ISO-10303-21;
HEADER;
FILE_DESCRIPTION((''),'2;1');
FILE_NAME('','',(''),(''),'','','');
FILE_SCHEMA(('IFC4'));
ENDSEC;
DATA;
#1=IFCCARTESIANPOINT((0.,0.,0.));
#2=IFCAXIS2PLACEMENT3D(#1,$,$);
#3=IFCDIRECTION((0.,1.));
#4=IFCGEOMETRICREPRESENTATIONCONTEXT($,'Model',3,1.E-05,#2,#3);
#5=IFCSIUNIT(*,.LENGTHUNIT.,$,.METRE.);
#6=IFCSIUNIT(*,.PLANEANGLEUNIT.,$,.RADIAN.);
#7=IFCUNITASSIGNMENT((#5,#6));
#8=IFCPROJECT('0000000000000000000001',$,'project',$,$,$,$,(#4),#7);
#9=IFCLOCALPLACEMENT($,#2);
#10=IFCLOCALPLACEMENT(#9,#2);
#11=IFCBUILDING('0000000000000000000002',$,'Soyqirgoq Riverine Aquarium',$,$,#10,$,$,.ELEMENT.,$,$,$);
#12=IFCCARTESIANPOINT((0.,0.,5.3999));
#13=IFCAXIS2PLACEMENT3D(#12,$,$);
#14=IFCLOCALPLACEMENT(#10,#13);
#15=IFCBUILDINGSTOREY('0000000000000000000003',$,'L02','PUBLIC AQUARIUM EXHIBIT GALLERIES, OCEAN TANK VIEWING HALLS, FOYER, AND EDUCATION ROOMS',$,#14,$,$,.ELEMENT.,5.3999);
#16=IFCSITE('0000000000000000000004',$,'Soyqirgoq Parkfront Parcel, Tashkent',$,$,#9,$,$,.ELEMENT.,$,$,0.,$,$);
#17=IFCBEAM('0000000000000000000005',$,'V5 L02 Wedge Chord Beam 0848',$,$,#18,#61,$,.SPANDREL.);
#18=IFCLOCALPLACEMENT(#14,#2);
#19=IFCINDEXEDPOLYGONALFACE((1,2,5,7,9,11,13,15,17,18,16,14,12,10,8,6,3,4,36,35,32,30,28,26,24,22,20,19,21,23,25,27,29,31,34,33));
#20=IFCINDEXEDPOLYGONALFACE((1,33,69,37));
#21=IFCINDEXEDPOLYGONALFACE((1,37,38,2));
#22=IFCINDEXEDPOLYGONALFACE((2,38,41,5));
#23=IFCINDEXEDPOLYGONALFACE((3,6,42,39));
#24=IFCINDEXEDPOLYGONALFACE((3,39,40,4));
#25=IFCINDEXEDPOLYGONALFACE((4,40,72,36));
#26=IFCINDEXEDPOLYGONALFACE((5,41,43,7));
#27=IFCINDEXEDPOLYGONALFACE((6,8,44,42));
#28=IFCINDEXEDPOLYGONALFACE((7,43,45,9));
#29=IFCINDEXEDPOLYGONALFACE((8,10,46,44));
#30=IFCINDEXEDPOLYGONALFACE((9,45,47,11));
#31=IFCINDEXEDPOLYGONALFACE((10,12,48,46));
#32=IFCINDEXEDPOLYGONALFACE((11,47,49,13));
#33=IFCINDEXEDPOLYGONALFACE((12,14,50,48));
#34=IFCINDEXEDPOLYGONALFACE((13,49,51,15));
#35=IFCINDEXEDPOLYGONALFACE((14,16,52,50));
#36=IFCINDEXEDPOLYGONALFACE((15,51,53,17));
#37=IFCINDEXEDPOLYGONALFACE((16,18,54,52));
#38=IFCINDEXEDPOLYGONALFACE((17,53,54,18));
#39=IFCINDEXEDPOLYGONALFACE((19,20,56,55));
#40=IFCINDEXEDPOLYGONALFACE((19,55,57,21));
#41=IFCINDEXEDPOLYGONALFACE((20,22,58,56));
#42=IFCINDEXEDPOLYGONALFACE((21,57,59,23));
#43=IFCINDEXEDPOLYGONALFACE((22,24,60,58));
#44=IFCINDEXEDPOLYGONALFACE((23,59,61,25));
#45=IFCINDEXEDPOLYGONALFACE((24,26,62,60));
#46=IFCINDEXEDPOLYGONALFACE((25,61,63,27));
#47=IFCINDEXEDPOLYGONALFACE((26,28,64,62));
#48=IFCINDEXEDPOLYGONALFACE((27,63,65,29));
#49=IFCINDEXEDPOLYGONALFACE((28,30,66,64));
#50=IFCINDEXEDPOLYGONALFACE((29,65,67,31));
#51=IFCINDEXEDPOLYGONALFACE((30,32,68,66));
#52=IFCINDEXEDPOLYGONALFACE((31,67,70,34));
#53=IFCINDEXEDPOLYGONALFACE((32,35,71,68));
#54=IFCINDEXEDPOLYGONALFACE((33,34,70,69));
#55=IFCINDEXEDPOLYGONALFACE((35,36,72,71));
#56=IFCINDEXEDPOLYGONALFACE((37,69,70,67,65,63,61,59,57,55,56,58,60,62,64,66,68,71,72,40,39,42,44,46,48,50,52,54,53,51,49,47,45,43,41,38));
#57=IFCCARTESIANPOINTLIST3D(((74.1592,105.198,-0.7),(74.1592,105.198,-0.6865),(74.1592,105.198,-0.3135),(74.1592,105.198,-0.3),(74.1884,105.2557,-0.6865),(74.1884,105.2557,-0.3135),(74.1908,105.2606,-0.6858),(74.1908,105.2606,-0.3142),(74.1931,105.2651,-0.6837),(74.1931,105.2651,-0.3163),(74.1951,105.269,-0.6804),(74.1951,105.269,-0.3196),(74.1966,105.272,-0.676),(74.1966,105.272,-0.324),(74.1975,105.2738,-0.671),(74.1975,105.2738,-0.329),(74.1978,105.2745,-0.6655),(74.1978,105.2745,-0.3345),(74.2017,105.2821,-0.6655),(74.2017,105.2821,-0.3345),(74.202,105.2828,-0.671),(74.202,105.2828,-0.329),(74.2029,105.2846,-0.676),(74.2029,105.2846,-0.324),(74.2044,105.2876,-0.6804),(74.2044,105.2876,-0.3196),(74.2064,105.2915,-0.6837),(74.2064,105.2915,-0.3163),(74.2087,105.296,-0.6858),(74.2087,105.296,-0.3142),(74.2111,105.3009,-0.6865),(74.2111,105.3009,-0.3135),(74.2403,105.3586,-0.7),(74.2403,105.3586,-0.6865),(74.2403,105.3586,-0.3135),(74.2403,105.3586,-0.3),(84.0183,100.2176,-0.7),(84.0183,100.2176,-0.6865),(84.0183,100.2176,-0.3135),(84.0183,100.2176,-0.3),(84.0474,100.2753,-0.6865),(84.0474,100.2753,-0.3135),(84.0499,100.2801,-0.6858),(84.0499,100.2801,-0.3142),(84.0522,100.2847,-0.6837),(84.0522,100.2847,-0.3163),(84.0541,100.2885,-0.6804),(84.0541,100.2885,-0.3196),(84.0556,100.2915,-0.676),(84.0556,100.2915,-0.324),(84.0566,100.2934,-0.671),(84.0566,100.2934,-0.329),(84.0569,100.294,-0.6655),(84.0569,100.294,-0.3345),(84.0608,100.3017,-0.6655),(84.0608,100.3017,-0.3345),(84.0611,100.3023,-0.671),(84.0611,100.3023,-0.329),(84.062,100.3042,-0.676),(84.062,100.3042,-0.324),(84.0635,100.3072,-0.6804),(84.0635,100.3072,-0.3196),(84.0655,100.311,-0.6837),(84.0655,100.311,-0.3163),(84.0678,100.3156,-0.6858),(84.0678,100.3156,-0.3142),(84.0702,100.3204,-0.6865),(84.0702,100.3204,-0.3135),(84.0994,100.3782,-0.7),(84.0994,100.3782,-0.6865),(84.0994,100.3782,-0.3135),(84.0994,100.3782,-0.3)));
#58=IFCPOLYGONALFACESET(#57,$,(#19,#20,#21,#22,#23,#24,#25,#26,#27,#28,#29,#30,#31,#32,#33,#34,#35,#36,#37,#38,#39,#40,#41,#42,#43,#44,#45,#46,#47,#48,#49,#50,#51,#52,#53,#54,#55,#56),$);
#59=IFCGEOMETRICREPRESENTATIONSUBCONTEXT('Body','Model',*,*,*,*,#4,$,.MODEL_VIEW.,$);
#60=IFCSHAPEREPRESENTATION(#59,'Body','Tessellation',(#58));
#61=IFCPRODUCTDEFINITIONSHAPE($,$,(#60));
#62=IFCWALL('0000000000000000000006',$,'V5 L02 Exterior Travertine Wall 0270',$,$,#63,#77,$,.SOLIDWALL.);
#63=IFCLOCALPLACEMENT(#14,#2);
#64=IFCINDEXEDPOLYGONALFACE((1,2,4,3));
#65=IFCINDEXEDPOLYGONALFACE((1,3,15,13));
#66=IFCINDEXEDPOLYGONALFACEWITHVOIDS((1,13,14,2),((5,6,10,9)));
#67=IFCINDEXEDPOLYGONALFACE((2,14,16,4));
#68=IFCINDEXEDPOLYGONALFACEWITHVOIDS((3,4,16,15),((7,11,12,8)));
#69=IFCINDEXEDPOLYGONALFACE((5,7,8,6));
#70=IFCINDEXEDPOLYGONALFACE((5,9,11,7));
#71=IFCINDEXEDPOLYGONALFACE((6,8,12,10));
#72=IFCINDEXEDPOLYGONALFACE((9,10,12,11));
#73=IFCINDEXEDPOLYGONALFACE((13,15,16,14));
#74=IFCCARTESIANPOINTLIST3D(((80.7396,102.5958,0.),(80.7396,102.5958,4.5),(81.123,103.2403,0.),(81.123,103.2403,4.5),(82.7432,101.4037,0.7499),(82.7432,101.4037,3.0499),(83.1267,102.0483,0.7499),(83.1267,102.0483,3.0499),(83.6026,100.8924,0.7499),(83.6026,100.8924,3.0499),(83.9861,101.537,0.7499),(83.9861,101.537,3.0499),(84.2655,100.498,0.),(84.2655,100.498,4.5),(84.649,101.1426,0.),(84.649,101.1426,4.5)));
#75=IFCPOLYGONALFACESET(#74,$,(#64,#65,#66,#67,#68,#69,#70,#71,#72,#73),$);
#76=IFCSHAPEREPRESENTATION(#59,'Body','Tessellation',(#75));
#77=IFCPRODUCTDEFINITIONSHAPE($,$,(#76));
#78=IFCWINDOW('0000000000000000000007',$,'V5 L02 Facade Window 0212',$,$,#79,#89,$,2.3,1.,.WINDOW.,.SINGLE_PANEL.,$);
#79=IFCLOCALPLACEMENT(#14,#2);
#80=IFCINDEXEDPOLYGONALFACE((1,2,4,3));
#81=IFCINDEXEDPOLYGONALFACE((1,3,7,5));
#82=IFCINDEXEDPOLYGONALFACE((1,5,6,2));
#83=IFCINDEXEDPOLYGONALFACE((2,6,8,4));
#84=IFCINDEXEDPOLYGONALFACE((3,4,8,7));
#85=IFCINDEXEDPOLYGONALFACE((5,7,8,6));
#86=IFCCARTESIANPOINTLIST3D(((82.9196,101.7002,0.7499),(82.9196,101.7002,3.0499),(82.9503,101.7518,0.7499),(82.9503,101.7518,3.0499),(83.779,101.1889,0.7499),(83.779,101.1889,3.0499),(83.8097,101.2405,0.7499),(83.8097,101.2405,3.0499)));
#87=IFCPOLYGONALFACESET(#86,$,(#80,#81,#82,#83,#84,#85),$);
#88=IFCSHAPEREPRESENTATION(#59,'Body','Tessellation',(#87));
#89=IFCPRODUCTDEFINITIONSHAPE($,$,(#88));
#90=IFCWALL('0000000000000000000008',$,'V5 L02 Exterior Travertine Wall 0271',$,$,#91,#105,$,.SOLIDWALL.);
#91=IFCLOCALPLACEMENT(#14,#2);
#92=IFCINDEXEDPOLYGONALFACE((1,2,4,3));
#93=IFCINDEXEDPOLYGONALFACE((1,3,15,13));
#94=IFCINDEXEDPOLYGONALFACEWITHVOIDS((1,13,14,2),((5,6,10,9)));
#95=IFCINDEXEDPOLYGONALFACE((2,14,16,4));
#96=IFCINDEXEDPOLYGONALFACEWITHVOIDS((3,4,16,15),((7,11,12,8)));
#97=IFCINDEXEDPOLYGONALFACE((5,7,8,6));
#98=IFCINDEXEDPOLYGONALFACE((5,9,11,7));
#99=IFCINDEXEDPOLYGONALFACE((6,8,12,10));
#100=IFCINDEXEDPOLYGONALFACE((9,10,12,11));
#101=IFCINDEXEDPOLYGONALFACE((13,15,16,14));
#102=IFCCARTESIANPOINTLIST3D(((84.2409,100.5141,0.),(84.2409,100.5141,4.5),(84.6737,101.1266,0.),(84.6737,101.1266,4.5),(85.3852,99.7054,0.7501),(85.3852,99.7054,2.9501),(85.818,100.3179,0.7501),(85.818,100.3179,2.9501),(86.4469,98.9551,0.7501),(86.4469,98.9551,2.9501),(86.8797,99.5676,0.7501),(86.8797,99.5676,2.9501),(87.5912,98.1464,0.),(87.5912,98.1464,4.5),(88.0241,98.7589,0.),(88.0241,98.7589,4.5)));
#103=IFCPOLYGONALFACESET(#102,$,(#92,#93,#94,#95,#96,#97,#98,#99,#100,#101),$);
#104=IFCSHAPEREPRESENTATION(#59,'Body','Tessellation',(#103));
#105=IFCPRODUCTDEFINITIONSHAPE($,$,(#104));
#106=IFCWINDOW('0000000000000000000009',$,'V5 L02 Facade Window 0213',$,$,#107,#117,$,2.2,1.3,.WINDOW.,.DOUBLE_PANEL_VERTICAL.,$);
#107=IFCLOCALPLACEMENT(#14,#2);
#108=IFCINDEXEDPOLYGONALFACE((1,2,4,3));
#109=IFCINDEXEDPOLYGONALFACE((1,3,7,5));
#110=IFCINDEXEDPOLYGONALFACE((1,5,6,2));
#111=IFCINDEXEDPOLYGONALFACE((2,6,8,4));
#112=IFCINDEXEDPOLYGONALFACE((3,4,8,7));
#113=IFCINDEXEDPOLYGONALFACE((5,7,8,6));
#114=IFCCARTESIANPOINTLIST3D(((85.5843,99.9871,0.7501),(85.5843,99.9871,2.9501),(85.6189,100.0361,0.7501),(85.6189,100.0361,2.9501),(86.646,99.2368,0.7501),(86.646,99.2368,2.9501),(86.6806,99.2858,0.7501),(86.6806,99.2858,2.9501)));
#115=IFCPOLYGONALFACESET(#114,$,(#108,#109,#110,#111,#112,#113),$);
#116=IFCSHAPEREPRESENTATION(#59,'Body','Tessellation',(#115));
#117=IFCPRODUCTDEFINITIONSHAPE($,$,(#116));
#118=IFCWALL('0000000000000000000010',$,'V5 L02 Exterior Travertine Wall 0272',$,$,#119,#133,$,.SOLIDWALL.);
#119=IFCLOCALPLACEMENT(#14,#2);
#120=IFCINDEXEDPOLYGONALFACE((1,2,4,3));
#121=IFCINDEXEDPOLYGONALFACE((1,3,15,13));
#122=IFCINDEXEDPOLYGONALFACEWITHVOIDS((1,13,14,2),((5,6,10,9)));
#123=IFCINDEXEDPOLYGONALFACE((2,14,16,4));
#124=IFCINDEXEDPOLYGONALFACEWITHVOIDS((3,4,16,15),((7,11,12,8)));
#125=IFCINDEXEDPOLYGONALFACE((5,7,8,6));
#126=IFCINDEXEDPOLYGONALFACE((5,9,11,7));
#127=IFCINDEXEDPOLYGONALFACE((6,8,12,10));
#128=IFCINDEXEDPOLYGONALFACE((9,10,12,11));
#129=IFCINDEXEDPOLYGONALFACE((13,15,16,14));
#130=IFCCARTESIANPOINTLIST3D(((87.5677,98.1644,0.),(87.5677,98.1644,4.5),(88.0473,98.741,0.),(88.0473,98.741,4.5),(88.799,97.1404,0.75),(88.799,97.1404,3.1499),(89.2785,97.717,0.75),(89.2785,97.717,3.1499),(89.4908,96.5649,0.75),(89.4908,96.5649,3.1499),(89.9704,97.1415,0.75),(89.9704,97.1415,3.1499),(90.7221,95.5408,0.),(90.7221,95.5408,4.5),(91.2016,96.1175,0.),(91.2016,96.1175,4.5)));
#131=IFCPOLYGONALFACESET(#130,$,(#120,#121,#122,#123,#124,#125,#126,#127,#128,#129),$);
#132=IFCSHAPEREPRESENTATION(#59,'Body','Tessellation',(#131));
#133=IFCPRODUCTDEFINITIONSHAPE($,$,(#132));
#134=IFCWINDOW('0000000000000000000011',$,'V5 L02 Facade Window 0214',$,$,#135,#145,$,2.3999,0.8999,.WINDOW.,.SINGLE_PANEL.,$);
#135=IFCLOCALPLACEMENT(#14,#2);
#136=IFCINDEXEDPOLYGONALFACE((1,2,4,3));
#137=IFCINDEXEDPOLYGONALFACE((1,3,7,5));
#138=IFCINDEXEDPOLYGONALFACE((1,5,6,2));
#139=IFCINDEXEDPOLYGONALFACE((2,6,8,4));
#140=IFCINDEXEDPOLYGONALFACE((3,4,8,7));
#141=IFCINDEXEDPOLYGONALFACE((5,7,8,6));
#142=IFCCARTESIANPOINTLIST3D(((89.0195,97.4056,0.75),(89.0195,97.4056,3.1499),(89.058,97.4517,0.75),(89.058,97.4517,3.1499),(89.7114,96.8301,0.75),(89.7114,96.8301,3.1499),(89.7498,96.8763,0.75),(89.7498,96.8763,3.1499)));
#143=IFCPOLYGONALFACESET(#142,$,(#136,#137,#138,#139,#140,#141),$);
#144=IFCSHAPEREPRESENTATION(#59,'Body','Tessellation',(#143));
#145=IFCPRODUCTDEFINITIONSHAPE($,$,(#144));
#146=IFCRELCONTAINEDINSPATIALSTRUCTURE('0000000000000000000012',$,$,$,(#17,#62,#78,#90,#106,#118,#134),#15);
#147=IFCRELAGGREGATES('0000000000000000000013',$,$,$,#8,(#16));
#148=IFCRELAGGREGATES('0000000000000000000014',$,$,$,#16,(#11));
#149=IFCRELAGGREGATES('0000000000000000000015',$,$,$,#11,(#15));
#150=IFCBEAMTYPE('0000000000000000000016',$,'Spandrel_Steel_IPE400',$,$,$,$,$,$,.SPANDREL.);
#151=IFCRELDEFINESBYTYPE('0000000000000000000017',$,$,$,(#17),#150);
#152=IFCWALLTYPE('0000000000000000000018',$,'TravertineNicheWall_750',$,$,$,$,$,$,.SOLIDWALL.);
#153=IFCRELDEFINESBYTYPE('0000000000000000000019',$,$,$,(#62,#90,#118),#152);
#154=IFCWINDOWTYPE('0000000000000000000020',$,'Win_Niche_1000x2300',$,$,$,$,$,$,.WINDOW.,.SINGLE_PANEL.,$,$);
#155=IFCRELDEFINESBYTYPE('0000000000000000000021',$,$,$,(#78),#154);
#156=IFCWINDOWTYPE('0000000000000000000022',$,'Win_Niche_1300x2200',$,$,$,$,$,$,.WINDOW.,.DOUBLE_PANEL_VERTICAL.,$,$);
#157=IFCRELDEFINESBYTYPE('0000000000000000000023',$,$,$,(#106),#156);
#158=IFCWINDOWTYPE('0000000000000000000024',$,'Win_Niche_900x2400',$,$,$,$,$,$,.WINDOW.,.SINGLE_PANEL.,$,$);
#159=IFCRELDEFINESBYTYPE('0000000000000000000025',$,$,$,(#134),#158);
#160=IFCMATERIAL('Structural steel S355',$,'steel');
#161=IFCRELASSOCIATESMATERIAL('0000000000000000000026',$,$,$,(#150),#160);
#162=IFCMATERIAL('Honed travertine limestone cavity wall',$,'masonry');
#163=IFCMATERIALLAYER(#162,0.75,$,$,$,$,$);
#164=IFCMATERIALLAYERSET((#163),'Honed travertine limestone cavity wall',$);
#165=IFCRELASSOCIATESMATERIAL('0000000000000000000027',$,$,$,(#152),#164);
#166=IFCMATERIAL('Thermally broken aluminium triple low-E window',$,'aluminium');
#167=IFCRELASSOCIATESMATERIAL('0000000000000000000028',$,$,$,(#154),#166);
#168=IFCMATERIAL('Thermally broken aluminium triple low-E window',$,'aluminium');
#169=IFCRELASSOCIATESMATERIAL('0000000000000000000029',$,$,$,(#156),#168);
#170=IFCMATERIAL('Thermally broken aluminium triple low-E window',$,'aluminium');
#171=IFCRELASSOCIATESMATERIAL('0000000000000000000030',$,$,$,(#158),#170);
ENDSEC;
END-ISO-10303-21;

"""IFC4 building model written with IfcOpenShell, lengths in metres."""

from ifc_helpers import new_model, si_unit, direction, frame, frame_2d, origin, origin_2d, place, context, subcontext, project, spatial, rectangle, i_section, extrude, material, layer, layer_set, material_profile, profile_set, type_object, element, fill, save


model = new_model("IFC4")

# Units and contexts
model_context = context("Model", 3, precision=1e-05, world=origin(), true_north=direction((0.0, 1.0)))
body_context = subcontext(model_context, "Body", "Model", "MODEL_VIEW")
ifc_project = project(units=[si_unit("LENGTHUNIT", "METRE"), si_unit("PLANEANGLEUNIT", "RADIAN")], contexts=[model_context])

# Site, building, storey
site_placement = place(None, origin())
site = spatial("IfcSite", under=ifc_project, at=site_placement, Name="Soyqirgoq Parkfront Parcel, Tashkent", CompositionType="ELEMENT", RefElevation=0.0)
building_placement = place(site_placement, origin())
building = spatial("IfcBuilding", under=site, at=building_placement, Name="Soyqirgoq Riverine Aquarium", CompositionType="ELEMENT")
storey_placement = place(building_placement, frame((0.0, 0.0, 5.3999)))
storey = spatial("IfcBuildingStorey", under=building, at=storey_placement, Name="L02", Description="PUBLIC AQUARIUM EXHIBIT GALLERIES, OCEAN TANK VIEWING HALLS, FOYER, AND EDUCATION ROOMS", CompositionType="ELEMENT", Elevation=5.3999)

# Beam
ifc_material_1 = material(Name="Structural steel S355", Category="steel")
ifc_material_profile_1 = material_profile(ifc_material_1, i_section(OverallWidth=0.1799, OverallDepth=0.3999, WebThickness=0.0085, FlangeThickness=0.0134, FilletRadius=0.021, at=origin_2d()), Name="IPE 400")
ifc_profile_set_1 = profile_set([ifc_material_profile_1], Name="Structural steel S355")
beam_type_1 = type_object("IfcBeamType", Name="Spandrel_Steel_IPE400", PredefinedType="SPANDREL", material=ifc_profile_set_1)
beam_1_placement = place(storey_placement, frame((84.0588, 100.2979, -0.5), z_axis=(-0.892576, 0.450897, 0.0), x_axis=(-0.450897, -0.892576, 0.0)))
element("IfcBeam", 1, at=beam_1_placement, inside=storey, type_object=beam_type_1, Name="V5 L02 Wedge Chord Beam 0848", PredefinedType="SPANDREL", context=body_context, shape_type="SweptSolid", body=[
    extrude(i_section(OverallWidth=0.1799, OverallDepth=0.3999, WebThickness=0.0085, FlangeThickness=0.0134, FilletRadius=0.021, at=origin_2d()), origin(), (0.0, 0.0, 1.0), 11.0457),
])

# Walls, openings, windows
ifc_material_2 = material(Name="Honed travertine limestone cavity wall", Category="masonry")
ifc_layer = layer(ifc_material_2, 0.75)
ifc_layer_set = layer_set([ifc_layer], Name="Honed travertine limestone cavity wall")
wall_type = type_object("IfcWallType", Name="TravertineNicheWall_750", PredefinedType="SOLIDWALL", material=ifc_layer_set)
wall_1_placement = place(storey_placement, frame((80.9314, 102.918, 0.0), z_axis=(0.0, 0.0, 1.0), x_axis=(0.859409, -0.511289, 0.0)))
wall_1 = element("IfcWall", 2, at=wall_1_placement, inside=storey, type_object=wall_type, Name="V5 L02 Exterior Travertine Wall 0270", PredefinedType="SOLIDWALL", context=body_context, shape_type="SweptSolid", body=[
    extrude(rectangle(XDim=4.1028, YDim=0.75, at=frame_2d((2.0513, 0.0))), origin(), (0.0, 0.0, 1.0), 4.5),
])
opening_1_placement = place(wall_1_placement, frame((2.3313, 0.0, 0.75)))
opening_1 = element("IfcOpeningElement", 3, at=opening_1_placement, cuts=wall_1, PredefinedType="OPENING", context=body_context, shape_type="SweptSolid", body=[
    extrude(rectangle(XDim=1.0, YDim=2.3, at=frame_2d((0.5, 1.1499))), frame((0.0, 0.385, 0.0), z_axis=(0.0, -1.0, 0.0), x_axis=(1.0, 0.0, 0.0)), (0.0, 0.0, 1.0), 0.77),
])
ifc_material_3 = material(Name="Thermally broken aluminium triple low-E window", Category="aluminium")
window_type_1 = type_object("IfcWindowType", Name="Win_Niche_1000x2300", PartitioningType="SINGLE_PANEL", PredefinedType="WINDOW", material=ifc_material_3)
window_1_placement = place(opening_1_placement, origin())
window_1 = element("IfcWindow", 4, at=window_1_placement, inside=storey, type_object=window_type_1, Name="V5 L02 Facade Window 0212", OverallHeight=2.3, OverallWidth=1.0, PartitioningType="SINGLE_PANEL", PredefinedType="WINDOW", context=body_context, shape_type="SweptSolid", body=[
    extrude(rectangle(XDim=1.0, YDim=2.3, at=frame_2d((0.5, 1.1499))), frame((0.0, 0.03, 0.0), z_axis=(0.0, -1.0, 0.0), x_axis=(1.0, 0.0, 0.0)), (0.0, 0.0, 1.0), 0.0601),
])
fill(opening_1, window_1)
wall_2_placement = place(storey_placement, frame((84.4573, 100.8203, 0.0), z_axis=(0.0, 0.0, 1.0), x_axis=(0.816654, -0.577127, 0.0)))
wall_2 = element("IfcWall", 5, at=wall_2_placement, inside=storey, type_object=wall_type, Name="V5 L02 Exterior Travertine Wall 0271", PredefinedType="SOLIDWALL", context=body_context, shape_type="SweptSolid", body=[
    extrude(rectangle(XDim=4.1025, YDim=0.75, at=frame_2d((2.0513, 0.0))), origin(), (0.0, 0.0, 1.0), 4.5),
])
opening_2_placement = place(wall_2_placement, frame((1.4014, 0.0, 0.75)))
opening_2 = element("IfcOpeningElement", 6, at=opening_2_placement, cuts=wall_2, PredefinedType="OPENING", context=body_context, shape_type="SweptSolid", body=[
    extrude(rectangle(XDim=1.3, YDim=2.2, at=frame_2d((0.6499, 1.1001))), frame((0.0, 0.385, 0.0), z_axis=(0.0, -1.0, 0.0), x_axis=(1.0, 0.0, 0.0)), (0.0, 0.0, 1.0), 0.77),
])
ifc_material_4 = material(Name="Thermally broken aluminium triple low-E window", Category="aluminium")
window_type_2 = type_object("IfcWindowType", Name="Win_Niche_1300x2200", PartitioningType="DOUBLE_PANEL_VERTICAL", PredefinedType="WINDOW", material=ifc_material_4)
window_2_placement = place(opening_2_placement, origin())
window_2 = element("IfcWindow", 7, at=window_2_placement, inside=storey, type_object=window_type_2, Name="V5 L02 Facade Window 0213", OverallHeight=2.2, OverallWidth=1.3, PartitioningType="DOUBLE_PANEL_VERTICAL", PredefinedType="WINDOW", context=body_context, shape_type="SweptSolid", body=[
    extrude(rectangle(XDim=1.3, YDim=2.2, at=frame_2d((0.6499, 1.1001))), frame((0.0, 0.03, 0.0), z_axis=(0.0, -1.0, 0.0), x_axis=(1.0, 0.0, 0.0)), (0.0, 0.0, 1.0), 0.0601),
])
fill(opening_2, window_2)
wall_3_placement = place(storey_placement, frame((87.8076, 98.4526, 0.0), z_axis=(0.0, 0.0, 1.0), x_axis=(0.768826, -0.639458, 0.0)))
wall_3 = element("IfcWall", 8, at=wall_3_placement, inside=storey, type_object=wall_type, Name="V5 L02 Exterior Travertine Wall 0272", PredefinedType="SOLIDWALL", context=body_context, shape_type="SweptSolid", body=[
    extrude(rectangle(XDim=4.1028, YDim=0.75, at=frame_2d((2.0513, 0.0))), origin(), (0.0, 0.0, 1.0), 4.5),
])
opening_3_placement = place(wall_3_placement, frame((1.6013, 0.0, 0.75)))
opening_3 = element("IfcOpeningElement", 9, at=opening_3_placement, cuts=wall_3, PredefinedType="OPENING", context=body_context, shape_type="SweptSolid", body=[
    extrude(rectangle(XDim=0.8999, YDim=2.3999, at=frame_2d((0.45, 1.2))), frame((0.0, 0.385, 0.0), z_axis=(0.0, -1.0, 0.0), x_axis=(1.0, 0.0, 0.0)), (0.0, 0.0, 1.0), 0.77),
])
ifc_material_5 = material(Name="Thermally broken aluminium triple low-E window", Category="aluminium")
window_type_3 = type_object("IfcWindowType", Name="Win_Niche_900x2400", PartitioningType="SINGLE_PANEL", PredefinedType="WINDOW", material=ifc_material_5)
window_3_placement = place(opening_3_placement, origin())
window_3 = element("IfcWindow", 10, at=window_3_placement, inside=storey, type_object=window_type_3, Name="V5 L02 Facade Window 0214", OverallHeight=2.3999, OverallWidth=0.8999, PartitioningType="SINGLE_PANEL", PredefinedType="WINDOW", context=body_context, shape_type="SweptSolid", body=[
    extrude(rectangle(XDim=0.8999, YDim=2.3999, at=frame_2d((0.45, 1.2))), frame((0.0, 0.03, 0.0), z_axis=(0.0, -1.0, 0.0), x_axis=(1.0, 0.0, 0.0)), (0.0, 0.0, 1.0), 0.0601),
])
fill(opening_3, window_3)

save(model, "model.ifc")
